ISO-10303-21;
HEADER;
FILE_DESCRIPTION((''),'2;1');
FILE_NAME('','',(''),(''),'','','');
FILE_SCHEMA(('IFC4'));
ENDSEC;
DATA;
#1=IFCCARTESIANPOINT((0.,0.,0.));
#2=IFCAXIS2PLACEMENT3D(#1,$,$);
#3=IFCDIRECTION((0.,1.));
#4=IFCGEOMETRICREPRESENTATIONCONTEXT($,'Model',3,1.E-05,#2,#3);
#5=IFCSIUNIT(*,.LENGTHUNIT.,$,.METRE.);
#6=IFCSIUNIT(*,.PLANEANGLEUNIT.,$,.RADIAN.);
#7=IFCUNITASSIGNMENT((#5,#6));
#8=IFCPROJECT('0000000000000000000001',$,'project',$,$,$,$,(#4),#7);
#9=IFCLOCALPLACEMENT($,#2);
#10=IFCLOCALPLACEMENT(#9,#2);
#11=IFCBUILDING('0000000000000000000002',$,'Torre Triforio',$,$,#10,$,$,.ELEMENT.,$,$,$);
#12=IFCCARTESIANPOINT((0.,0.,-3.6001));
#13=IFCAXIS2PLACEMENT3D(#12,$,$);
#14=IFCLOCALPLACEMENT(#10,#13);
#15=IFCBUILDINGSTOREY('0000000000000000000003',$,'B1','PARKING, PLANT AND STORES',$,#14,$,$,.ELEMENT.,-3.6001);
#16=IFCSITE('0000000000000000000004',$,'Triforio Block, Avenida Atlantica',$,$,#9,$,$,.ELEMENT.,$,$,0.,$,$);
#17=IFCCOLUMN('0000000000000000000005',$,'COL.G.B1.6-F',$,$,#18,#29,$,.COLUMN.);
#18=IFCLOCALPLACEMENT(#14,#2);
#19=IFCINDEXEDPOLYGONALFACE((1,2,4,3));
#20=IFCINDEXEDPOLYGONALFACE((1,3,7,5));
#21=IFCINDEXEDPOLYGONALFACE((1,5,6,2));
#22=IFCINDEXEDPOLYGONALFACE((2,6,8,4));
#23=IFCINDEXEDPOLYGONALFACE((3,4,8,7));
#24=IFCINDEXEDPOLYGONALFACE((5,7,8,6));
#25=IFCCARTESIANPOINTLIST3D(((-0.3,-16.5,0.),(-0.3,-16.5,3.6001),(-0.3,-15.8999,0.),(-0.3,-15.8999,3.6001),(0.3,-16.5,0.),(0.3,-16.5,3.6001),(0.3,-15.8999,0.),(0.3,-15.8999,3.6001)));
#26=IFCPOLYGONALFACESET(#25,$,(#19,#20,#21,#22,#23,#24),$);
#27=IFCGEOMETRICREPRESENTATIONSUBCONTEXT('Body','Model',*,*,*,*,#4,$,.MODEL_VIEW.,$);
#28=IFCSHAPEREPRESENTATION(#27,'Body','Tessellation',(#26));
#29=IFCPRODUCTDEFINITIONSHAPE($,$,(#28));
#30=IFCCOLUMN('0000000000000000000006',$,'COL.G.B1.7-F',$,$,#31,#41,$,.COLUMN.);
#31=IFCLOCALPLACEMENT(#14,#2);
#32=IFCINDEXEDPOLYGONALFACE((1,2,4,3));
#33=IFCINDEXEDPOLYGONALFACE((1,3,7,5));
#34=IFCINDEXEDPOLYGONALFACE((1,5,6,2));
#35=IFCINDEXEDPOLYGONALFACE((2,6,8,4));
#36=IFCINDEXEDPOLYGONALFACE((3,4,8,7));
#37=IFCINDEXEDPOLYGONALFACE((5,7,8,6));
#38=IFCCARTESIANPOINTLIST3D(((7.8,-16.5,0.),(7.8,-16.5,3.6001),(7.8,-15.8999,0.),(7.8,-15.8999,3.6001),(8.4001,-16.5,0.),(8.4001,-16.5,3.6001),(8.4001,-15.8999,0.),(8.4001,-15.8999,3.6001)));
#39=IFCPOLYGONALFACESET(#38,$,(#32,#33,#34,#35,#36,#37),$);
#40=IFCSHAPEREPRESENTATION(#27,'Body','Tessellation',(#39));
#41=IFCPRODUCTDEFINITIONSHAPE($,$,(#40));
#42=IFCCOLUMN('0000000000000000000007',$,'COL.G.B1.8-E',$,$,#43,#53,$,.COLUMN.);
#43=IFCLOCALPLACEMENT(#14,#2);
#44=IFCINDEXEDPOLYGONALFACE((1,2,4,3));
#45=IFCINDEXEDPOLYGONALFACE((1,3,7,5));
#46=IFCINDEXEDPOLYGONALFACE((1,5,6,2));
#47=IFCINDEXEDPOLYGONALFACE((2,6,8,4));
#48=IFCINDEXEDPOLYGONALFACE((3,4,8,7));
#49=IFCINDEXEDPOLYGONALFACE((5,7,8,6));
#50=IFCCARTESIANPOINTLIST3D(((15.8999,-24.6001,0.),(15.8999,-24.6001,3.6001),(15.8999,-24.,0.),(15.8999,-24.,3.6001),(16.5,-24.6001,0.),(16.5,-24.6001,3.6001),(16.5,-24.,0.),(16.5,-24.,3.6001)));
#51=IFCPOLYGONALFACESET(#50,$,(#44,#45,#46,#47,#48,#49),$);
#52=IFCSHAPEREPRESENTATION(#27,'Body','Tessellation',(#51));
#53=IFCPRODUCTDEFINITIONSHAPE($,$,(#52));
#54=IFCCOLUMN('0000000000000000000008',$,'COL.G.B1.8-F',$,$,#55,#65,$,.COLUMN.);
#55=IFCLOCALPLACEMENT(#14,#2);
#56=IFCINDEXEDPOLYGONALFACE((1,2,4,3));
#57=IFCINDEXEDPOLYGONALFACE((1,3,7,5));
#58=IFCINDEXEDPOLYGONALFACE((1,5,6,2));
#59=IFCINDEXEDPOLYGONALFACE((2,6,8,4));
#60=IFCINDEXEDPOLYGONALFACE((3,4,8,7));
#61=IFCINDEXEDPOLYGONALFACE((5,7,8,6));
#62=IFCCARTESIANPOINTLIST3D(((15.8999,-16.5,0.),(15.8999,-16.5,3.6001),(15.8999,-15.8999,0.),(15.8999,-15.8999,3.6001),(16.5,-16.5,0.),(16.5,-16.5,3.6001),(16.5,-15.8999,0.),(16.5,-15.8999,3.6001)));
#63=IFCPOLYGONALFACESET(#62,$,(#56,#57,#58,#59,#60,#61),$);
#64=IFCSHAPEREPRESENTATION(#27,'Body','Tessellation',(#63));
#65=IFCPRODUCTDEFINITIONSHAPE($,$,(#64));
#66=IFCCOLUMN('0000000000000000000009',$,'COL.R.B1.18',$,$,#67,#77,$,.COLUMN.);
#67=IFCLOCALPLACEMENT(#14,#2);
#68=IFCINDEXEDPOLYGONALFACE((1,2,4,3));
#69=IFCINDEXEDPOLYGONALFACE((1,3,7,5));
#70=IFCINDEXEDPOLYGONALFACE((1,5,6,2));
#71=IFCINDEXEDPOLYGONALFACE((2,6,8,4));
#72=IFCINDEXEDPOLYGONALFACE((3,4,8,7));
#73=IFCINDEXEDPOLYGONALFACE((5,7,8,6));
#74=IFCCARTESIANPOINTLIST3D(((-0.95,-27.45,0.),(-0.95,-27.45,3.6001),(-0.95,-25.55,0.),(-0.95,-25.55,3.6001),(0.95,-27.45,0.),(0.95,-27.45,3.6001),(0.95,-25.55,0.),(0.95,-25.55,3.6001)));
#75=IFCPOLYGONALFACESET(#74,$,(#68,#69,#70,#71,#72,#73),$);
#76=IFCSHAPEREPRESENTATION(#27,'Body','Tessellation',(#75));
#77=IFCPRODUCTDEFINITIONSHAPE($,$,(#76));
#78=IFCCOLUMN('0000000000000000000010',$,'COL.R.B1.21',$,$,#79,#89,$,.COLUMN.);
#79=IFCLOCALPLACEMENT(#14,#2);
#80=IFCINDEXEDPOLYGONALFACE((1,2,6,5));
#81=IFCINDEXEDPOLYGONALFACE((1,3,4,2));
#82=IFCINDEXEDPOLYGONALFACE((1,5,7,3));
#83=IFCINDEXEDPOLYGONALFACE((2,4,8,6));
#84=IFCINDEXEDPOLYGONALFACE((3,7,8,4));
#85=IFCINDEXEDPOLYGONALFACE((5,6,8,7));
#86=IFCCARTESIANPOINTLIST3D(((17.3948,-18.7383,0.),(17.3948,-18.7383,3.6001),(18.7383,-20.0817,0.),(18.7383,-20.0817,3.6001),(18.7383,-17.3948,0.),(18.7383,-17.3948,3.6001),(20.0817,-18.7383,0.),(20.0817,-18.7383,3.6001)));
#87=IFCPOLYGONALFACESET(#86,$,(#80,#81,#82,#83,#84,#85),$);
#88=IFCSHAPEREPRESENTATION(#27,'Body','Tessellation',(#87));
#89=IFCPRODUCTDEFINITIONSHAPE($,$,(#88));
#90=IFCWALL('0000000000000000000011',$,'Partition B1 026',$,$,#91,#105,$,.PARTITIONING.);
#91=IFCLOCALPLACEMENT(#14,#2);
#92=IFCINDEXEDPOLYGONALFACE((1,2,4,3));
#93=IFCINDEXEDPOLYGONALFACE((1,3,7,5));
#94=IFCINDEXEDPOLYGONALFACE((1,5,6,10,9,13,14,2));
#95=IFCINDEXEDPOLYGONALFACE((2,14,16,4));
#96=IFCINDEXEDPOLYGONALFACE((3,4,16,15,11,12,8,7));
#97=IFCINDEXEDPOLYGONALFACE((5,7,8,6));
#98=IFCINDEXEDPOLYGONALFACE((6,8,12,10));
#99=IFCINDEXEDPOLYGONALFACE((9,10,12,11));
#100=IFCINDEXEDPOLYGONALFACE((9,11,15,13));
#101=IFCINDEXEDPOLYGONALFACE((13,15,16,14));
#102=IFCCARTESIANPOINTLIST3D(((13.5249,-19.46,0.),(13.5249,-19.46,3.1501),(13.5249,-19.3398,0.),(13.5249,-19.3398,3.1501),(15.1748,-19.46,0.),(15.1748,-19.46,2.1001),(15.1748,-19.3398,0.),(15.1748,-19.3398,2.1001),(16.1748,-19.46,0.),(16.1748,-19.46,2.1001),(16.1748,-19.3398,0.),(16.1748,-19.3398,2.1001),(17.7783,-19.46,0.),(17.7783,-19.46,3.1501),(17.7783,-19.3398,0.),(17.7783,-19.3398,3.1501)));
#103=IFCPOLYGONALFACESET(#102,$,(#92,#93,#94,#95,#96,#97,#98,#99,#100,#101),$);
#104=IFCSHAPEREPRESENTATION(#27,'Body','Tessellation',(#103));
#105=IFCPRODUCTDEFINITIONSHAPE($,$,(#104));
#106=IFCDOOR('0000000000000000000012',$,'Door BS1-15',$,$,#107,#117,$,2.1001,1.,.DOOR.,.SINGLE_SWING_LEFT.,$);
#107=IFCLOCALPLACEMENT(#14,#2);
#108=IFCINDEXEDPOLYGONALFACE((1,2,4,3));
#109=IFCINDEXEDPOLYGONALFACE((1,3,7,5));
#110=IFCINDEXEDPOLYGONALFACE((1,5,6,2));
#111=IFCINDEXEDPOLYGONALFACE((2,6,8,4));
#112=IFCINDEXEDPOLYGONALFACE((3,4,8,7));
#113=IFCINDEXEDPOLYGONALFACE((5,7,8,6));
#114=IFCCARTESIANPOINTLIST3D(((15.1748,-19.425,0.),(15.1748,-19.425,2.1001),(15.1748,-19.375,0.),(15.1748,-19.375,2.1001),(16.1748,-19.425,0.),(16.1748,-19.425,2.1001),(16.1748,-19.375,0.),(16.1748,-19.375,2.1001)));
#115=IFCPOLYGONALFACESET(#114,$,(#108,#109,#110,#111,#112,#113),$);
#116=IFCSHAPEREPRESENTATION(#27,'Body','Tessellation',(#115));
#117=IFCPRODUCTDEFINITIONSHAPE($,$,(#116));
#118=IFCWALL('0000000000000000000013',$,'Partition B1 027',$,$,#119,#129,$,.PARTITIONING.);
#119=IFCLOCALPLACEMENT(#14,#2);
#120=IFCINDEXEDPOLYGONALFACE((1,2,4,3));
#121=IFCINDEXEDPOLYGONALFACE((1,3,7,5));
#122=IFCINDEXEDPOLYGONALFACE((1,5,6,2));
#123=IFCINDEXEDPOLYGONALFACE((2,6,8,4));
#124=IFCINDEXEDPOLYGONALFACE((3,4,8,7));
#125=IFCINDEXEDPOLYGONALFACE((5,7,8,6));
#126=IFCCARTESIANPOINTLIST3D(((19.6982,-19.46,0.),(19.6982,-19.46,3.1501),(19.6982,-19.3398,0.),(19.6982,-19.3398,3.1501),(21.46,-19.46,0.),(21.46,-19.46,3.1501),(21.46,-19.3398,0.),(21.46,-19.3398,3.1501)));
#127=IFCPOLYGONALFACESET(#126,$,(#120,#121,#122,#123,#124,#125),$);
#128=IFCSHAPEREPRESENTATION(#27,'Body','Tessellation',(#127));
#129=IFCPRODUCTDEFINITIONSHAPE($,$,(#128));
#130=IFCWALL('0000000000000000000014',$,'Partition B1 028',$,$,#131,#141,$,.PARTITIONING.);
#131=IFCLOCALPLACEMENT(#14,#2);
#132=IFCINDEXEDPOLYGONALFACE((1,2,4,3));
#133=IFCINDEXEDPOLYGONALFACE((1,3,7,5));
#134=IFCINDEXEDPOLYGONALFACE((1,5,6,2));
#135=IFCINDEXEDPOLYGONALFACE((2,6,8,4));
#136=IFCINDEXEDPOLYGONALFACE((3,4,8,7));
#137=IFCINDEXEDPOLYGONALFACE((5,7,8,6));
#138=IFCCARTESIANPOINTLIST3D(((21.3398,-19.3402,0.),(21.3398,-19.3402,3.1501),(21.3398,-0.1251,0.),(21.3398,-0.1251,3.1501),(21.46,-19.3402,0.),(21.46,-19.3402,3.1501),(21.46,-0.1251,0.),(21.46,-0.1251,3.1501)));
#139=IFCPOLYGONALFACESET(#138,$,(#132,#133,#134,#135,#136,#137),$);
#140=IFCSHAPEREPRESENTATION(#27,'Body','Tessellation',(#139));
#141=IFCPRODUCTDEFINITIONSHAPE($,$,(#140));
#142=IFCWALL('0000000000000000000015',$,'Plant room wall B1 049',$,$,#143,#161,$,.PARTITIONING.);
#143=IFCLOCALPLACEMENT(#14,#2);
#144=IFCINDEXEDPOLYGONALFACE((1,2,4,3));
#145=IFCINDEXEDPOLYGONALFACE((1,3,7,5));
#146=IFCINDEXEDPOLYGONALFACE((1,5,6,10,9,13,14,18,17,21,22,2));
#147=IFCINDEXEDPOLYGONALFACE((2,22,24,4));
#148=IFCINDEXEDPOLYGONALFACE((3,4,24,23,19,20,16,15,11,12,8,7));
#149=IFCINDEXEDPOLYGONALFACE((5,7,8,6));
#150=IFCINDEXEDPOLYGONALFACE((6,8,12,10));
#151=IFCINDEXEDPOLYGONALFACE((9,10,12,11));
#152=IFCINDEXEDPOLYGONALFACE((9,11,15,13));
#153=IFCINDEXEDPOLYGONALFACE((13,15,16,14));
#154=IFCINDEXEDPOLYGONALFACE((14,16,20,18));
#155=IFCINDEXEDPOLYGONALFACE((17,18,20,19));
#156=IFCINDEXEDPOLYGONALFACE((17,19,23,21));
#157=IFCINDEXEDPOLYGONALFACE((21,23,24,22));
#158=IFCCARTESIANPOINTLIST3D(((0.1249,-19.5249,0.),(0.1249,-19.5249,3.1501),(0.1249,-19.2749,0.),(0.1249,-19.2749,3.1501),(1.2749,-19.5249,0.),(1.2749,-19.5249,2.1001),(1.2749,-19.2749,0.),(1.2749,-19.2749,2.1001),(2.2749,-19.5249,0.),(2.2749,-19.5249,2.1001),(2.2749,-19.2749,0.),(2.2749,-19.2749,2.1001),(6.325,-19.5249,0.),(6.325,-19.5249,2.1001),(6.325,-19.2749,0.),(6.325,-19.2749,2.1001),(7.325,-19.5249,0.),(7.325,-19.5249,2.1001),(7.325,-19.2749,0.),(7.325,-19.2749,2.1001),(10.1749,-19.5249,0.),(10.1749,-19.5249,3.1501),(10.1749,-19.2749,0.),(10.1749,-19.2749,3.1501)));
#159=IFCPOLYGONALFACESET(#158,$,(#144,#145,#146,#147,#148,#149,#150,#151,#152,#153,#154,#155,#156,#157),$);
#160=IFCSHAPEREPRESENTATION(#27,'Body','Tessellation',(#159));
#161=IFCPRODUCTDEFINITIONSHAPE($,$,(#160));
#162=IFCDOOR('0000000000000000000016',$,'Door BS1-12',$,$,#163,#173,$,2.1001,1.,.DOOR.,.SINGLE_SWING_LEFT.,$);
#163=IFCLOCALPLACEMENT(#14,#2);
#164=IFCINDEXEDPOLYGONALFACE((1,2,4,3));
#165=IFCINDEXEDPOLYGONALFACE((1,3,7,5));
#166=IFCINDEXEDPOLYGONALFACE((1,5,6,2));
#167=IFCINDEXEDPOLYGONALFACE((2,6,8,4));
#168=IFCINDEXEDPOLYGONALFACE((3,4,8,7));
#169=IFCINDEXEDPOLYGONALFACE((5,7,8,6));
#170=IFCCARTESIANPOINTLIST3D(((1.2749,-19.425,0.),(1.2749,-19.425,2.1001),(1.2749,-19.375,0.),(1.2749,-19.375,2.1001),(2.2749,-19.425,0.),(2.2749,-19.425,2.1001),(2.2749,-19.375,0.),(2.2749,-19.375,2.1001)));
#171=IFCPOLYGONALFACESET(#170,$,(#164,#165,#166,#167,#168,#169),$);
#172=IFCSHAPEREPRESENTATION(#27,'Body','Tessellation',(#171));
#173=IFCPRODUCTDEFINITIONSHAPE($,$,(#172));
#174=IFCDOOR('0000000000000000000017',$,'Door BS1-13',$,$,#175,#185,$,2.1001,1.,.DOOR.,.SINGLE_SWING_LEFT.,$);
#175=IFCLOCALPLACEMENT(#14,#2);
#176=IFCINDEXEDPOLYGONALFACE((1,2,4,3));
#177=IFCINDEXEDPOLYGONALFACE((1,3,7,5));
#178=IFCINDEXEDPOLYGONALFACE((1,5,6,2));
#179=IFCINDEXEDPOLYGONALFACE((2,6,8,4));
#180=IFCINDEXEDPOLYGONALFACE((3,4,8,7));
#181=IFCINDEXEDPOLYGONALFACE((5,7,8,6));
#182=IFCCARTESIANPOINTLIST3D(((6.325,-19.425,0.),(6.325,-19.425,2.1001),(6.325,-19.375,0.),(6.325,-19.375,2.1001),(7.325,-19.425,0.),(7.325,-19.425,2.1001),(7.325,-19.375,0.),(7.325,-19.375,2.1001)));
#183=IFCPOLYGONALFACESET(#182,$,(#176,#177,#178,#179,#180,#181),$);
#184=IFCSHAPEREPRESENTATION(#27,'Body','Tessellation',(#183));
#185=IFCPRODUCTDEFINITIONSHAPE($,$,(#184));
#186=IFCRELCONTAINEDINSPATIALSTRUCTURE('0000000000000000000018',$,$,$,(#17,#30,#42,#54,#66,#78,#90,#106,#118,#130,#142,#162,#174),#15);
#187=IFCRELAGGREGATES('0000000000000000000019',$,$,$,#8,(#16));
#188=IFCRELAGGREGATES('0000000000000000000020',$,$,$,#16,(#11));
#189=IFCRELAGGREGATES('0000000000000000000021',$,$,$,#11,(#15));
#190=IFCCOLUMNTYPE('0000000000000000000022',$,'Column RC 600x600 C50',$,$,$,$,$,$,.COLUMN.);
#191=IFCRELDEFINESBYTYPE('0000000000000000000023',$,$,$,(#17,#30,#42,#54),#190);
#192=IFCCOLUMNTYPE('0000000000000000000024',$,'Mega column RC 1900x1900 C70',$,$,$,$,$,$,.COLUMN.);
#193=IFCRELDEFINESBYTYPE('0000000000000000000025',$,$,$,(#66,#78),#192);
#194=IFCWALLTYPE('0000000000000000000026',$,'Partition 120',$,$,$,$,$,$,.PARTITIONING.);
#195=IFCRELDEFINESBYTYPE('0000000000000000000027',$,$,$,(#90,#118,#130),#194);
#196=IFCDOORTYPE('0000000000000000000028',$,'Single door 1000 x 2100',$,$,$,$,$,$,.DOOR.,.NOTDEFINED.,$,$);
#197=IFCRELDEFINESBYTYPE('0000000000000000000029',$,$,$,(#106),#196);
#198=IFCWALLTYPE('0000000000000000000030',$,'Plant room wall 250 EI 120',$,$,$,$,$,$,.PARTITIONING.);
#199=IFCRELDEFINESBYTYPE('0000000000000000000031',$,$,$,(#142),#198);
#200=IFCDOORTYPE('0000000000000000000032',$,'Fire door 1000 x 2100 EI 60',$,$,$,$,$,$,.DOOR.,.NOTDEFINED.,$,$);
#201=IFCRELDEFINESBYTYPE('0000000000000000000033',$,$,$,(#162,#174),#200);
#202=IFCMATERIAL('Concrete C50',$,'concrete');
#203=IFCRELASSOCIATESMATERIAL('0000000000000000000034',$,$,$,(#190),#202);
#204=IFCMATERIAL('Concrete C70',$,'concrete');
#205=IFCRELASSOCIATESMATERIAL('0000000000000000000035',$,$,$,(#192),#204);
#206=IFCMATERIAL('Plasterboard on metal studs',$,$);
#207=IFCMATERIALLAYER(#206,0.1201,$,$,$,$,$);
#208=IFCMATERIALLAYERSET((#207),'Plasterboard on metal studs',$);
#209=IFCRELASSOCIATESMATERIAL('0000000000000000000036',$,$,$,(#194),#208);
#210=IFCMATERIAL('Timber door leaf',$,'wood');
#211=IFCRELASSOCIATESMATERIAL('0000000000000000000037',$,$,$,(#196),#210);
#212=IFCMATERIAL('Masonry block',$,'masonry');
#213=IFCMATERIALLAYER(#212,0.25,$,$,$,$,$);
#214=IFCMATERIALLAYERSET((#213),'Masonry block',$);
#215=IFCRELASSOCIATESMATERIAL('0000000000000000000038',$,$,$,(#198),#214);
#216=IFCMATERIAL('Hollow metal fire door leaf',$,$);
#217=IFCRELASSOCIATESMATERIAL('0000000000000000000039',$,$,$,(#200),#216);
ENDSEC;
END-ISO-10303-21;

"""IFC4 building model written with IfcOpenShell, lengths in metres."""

from ifc_helpers import new_model, si_unit, direction, frame, frame_2d, origin, origin_2d, place, context, subcontext, project, spatial, rectangle, extrude, material, layer, layer_set, material_profile, profile_set, type_object, element, fill, save


model = new_model("IFC4")

# Units and contexts
model_context = context("Model", 3, precision=1e-05, world=origin(), true_north=direction((0.0, 1.0)))
body_context = subcontext(model_context, "Body", "Model", "MODEL_VIEW")
ifc_project = project(units=[si_unit("LENGTHUNIT", "METRE"), si_unit("PLANEANGLEUNIT", "RADIAN")], contexts=[model_context])

# Site, building, storey
site_placement = place(None, origin())
site = spatial("IfcSite", under=ifc_project, at=site_placement, Name="Triforio Block, Avenida Atlantica", CompositionType="ELEMENT", RefElevation=0.0)
building_placement = place(site_placement, origin())
building = spatial("IfcBuilding", under=site, at=building_placement, Name="Torre Triforio", CompositionType="ELEMENT")
storey_placement = place(building_placement, frame((0.0, 0.0, -3.6001)))
storey = spatial("IfcBuildingStorey", under=building, at=storey_placement, Name="B1", Description="PARKING, PLANT AND STORES", CompositionType="ELEMENT", Elevation=-3.6001)

# Columns
ifc_material_1 = material(Name="Concrete C50", Category="concrete")
ifc_material_profile_1 = material_profile(ifc_material_1, rectangle(XDim=0.6001, YDim=0.6001, at=origin_2d()), Name="RC 600x600")
ifc_profile_set_1 = profile_set([ifc_material_profile_1], Name="Concrete C50")
column_type_1 = type_object("IfcColumnType", Name="Column RC 600x600 C50", PredefinedType="COLUMN", material=ifc_profile_set_1)
for number, where, z_axis, x_axis, name in (
    (1, (0.0, -16.2, 0.0), (0.0, 0.0, 1.0), (1.0, 0.0, 0.0), "COL.G.B1.6-F"),
    (2, (8.1001, -16.2, 0.0), (0.0, 0.0, 1.0), (1.0, 0.0, 0.0), "COL.G.B1.7-F"),
    (3, (16.2, -24.3, 0.0), (0.0, 0.0, 1.0), (1.0, 0.0, 0.0), "COL.G.B1.8-E"),
    (4, (16.2, -16.2, 0.0), (0.0, 0.0, 1.0), (1.0, 0.0, 0.0), "COL.G.B1.8-F"),
):
    element("IfcColumn", number, at=place(storey_placement, frame(where, z_axis=z_axis, x_axis=x_axis)), inside=storey, type_object=column_type_1, Name=name, PredefinedType="COLUMN", context=body_context, shape_type="SweptSolid", body=[
        extrude(rectangle(XDim=0.6001, YDim=0.6001, at=origin_2d()), origin(), (0.0, 0.0, 1.0), 3.6001),
    ])
ifc_material_2 = material(Name="Concrete C70", Category="concrete")
ifc_material_profile_2 = material_profile(ifc_material_2, rectangle(XDim=1.8999, YDim=1.8999, at=origin_2d()), Name="RC 1900x1900")
ifc_profile_set_2 = profile_set([ifc_material_profile_2], Name="Concrete C70")
column_type_2 = type_object("IfcColumnType", Name="Mega column RC 1900x1900 C70", PredefinedType="COLUMN", material=ifc_profile_set_2)
for number, where, z_axis, x_axis, name in (
    (5, (0.0, -26.5, 0.0), (0.0, 0.0, 1.0), (1.0, 0.0, 0.0), "COL.R.B1.18"),
    (6, (18.7383, -18.7383, 0.0), (0.0, 0.0, 1.0), (0.707107, 0.707107, 0.0), "COL.R.B1.21"),
):
    element("IfcColumn", number, at=place(storey_placement, frame(where, z_axis=z_axis, x_axis=x_axis)), inside=storey, type_object=column_type_2, Name=name, PredefinedType="COLUMN", context=body_context, shape_type="SweptSolid", body=[
        extrude(rectangle(XDim=1.8999, YDim=1.8999, at=origin_2d()), origin(), (0.0, 0.0, 1.0), 3.6001),
    ])

# Wall, opening, door
ifc_material_3 = material(Name="Plasterboard on metal studs")
ifc_layer_1 = layer(ifc_material_3, 0.1201)
ifc_layer_set_1 = layer_set([ifc_layer_1], Name="Plasterboard on metal studs")
wall_type_1 = type_object("IfcWallType", Name="Partition 120", PredefinedType="PARTITIONING", material=ifc_layer_set_1)
wall_1_placement = place(storey_placement, frame((13.5249, -19.3999, 0.0), z_axis=(0.0, 0.0, 1.0), x_axis=(1.0, 0.0, 0.0)))
wall_1 = element("IfcWall", 7, at=wall_1_placement, inside=storey, type_object=wall_type_1, Name="Partition B1 026", PredefinedType="PARTITIONING", context=body_context, shape_type="SweptSolid", body=[
    extrude(rectangle(XDim=4.2534, YDim=0.1201, at=frame_2d((2.1267, 0.0))), origin(), (0.0, 0.0, 1.0), 3.1501),
])
opening_1_placement = place(wall_1_placement, frame((1.6499, 0.0, 0.0)))
opening_1 = element("IfcOpeningElement", 8, at=opening_1_placement, cuts=wall_1, PredefinedType="OPENING", context=body_context, shape_type="SweptSolid", body=[
    extrude(rectangle(XDim=1.0, YDim=2.1001, at=frame_2d((0.5, 1.05))), frame((0.0, 0.0701, 0.0), z_axis=(0.0, -1.0, 0.0), x_axis=(1.0, 0.0, 0.0)), (0.0, 0.0, 1.0), 0.1401),
])
ifc_material_4 = material(Name="Timber door leaf", Category="wood")
door_type_1 = type_object("IfcDoorType", Name="Single door 1000 x 2100", OperationType="NOTDEFINED", PredefinedType="DOOR", material=ifc_material_4)
door_1_placement = place(opening_1_placement, origin())
door_1 = element("IfcDoor", 9, at=door_1_placement, inside=storey, type_object=door_type_1, Name="Door BS1-15", OperationType="SINGLE_SWING_LEFT", OverallHeight=2.1001, OverallWidth=1.0, PredefinedType="DOOR", context=body_context, shape_type="SweptSolid", body=[
    extrude(rectangle(XDim=1.0, YDim=2.1001, at=frame_2d((0.5, 1.05))), frame((0.0, 0.0249, 0.0), z_axis=(0.0, -1.0, 0.0), x_axis=(1.0, 0.0, 0.0)), (0.0, 0.0, 1.0), 0.05),
])
fill(opening_1, door_1)

# Walls
wall_2_placement = place(storey_placement, frame((19.6982, -19.3999, 0.0), z_axis=(0.0, 0.0, 1.0), x_axis=(1.0, 0.0, 0.0)))
element("IfcWall", 10, at=wall_2_placement, inside=storey, type_object=wall_type_1, Name="Partition B1 027", PredefinedType="PARTITIONING", context=body_context, shape_type="SweptSolid", body=[
    extrude(rectangle(XDim=1.7617, YDim=0.1201, at=frame_2d((0.8809, 0.0))), origin(), (0.0, 0.0, 1.0), 3.1501),
])
wall_3_placement = place(storey_placement, frame((21.3999, -19.3401, 0.0), z_axis=(0.0, 0.0, 1.0), x_axis=(0.0, 1.0, 0.0)))
element("IfcWall", 11, at=wall_3_placement, inside=storey, type_object=wall_type_1, Name="Partition B1 028", PredefinedType="PARTITIONING", context=body_context, shape_type="SweptSolid", body=[
    extrude(rectangle(XDim=19.2151, YDim=0.1201, at=frame_2d((9.6074, 0.0))), origin(), (0.0, 0.0, 1.0), 3.1501),
])

# Wall, openings, doors
ifc_material_5 = material(Name="Masonry block", Category="masonry")
ifc_layer_2 = layer(ifc_material_5, 0.25)
ifc_layer_set_2 = layer_set([ifc_layer_2], Name="Masonry block")
wall_type_2 = type_object("IfcWallType", Name="Plant room wall 250 EI 120", PredefinedType="PARTITIONING", material=ifc_layer_set_2)
wall_4_placement = place(storey_placement, frame((0.125, -19.3999, 0.0), z_axis=(0.0, 0.0, 1.0), x_axis=(1.0, 0.0, 0.0)))
wall_4 = element("IfcWall", 12, at=wall_4_placement, inside=storey, type_object=wall_type_2, Name="Plant room wall B1 049", PredefinedType="PARTITIONING", context=body_context, shape_type="SweptSolid", body=[
    extrude(rectangle(XDim=10.05, YDim=0.25, at=frame_2d((5.0249, 0.0))), origin(), (0.0, 0.0, 1.0), 3.1501),
])
opening_2_placement = place(wall_4_placement, frame((1.1499, 0.0, 0.0)))
opening_2 = element("IfcOpeningElement", 13, at=opening_2_placement, cuts=wall_4, PredefinedType="OPENING", context=body_context, shape_type="SweptSolid", body=[
    extrude(rectangle(XDim=1.0, YDim=2.1001, at=frame_2d((0.5, 1.05))), frame((0.0, 0.135, 0.0), z_axis=(0.0, -1.0, 0.0), x_axis=(1.0, 0.0, 0.0)), (0.0, 0.0, 1.0), 0.27),
])
opening_3_placement = place(wall_4_placement, frame((6.2, 0.0, 0.0)))
opening_3 = element("IfcOpeningElement", 14, at=opening_3_placement, cuts=wall_4, PredefinedType="OPENING", context=body_context, shape_type="SweptSolid", body=[
    extrude(rectangle(XDim=1.0, YDim=2.1001, at=frame_2d((0.5, 1.05))), frame((0.0, 0.135, 0.0), z_axis=(0.0, -1.0, 0.0), x_axis=(1.0, 0.0, 0.0)), (0.0, 0.0, 1.0), 0.27),
])
ifc_material_6 = material(Name="Hollow metal fire door leaf")
door_type_2 = type_object("IfcDoorType", Name="Fire door 1000 x 2100 EI 60", OperationType="NOTDEFINED", PredefinedType="DOOR", material=ifc_material_6)
door_2_placement = place(opening_2_placement, origin())
door_2 = element("IfcDoor", 15, at=door_2_placement, inside=storey, type_object=door_type_2, Name="Door BS1-12", OperationType="SINGLE_SWING_LEFT", OverallHeight=2.1001, OverallWidth=1.0, PredefinedType="DOOR", context=body_context, shape_type="SweptSolid", body=[
    extrude(rectangle(XDim=1.0, YDim=2.1001, at=frame_2d((0.5, 1.05))), frame((0.0, 0.0249, 0.0), z_axis=(0.0, -1.0, 0.0), x_axis=(1.0, 0.0, 0.0)), (0.0, 0.0, 1.0), 0.05),
])
fill(opening_2, door_2)
door_3_placement = place(opening_3_placement, origin())
door_3 = element("IfcDoor", 16, at=door_3_placement, inside=storey, type_object=door_type_2, Name="Door BS1-13", OperationType="SINGLE_SWING_LEFT", OverallHeight=2.1001, OverallWidth=1.0, PredefinedType="DOOR", context=body_context, shape_type="SweptSolid", body=[
    extrude(rectangle(XDim=1.0, YDim=2.1001, at=frame_2d((0.5, 1.05))), frame((0.0, 0.0249, 0.0), z_axis=(0.0, -1.0, 0.0), x_axis=(1.0, 0.0, 0.0)), (0.0, 0.0, 1.0), 0.05),
])
fill(opening_3, door_3)

save(model, "model.ifc")
